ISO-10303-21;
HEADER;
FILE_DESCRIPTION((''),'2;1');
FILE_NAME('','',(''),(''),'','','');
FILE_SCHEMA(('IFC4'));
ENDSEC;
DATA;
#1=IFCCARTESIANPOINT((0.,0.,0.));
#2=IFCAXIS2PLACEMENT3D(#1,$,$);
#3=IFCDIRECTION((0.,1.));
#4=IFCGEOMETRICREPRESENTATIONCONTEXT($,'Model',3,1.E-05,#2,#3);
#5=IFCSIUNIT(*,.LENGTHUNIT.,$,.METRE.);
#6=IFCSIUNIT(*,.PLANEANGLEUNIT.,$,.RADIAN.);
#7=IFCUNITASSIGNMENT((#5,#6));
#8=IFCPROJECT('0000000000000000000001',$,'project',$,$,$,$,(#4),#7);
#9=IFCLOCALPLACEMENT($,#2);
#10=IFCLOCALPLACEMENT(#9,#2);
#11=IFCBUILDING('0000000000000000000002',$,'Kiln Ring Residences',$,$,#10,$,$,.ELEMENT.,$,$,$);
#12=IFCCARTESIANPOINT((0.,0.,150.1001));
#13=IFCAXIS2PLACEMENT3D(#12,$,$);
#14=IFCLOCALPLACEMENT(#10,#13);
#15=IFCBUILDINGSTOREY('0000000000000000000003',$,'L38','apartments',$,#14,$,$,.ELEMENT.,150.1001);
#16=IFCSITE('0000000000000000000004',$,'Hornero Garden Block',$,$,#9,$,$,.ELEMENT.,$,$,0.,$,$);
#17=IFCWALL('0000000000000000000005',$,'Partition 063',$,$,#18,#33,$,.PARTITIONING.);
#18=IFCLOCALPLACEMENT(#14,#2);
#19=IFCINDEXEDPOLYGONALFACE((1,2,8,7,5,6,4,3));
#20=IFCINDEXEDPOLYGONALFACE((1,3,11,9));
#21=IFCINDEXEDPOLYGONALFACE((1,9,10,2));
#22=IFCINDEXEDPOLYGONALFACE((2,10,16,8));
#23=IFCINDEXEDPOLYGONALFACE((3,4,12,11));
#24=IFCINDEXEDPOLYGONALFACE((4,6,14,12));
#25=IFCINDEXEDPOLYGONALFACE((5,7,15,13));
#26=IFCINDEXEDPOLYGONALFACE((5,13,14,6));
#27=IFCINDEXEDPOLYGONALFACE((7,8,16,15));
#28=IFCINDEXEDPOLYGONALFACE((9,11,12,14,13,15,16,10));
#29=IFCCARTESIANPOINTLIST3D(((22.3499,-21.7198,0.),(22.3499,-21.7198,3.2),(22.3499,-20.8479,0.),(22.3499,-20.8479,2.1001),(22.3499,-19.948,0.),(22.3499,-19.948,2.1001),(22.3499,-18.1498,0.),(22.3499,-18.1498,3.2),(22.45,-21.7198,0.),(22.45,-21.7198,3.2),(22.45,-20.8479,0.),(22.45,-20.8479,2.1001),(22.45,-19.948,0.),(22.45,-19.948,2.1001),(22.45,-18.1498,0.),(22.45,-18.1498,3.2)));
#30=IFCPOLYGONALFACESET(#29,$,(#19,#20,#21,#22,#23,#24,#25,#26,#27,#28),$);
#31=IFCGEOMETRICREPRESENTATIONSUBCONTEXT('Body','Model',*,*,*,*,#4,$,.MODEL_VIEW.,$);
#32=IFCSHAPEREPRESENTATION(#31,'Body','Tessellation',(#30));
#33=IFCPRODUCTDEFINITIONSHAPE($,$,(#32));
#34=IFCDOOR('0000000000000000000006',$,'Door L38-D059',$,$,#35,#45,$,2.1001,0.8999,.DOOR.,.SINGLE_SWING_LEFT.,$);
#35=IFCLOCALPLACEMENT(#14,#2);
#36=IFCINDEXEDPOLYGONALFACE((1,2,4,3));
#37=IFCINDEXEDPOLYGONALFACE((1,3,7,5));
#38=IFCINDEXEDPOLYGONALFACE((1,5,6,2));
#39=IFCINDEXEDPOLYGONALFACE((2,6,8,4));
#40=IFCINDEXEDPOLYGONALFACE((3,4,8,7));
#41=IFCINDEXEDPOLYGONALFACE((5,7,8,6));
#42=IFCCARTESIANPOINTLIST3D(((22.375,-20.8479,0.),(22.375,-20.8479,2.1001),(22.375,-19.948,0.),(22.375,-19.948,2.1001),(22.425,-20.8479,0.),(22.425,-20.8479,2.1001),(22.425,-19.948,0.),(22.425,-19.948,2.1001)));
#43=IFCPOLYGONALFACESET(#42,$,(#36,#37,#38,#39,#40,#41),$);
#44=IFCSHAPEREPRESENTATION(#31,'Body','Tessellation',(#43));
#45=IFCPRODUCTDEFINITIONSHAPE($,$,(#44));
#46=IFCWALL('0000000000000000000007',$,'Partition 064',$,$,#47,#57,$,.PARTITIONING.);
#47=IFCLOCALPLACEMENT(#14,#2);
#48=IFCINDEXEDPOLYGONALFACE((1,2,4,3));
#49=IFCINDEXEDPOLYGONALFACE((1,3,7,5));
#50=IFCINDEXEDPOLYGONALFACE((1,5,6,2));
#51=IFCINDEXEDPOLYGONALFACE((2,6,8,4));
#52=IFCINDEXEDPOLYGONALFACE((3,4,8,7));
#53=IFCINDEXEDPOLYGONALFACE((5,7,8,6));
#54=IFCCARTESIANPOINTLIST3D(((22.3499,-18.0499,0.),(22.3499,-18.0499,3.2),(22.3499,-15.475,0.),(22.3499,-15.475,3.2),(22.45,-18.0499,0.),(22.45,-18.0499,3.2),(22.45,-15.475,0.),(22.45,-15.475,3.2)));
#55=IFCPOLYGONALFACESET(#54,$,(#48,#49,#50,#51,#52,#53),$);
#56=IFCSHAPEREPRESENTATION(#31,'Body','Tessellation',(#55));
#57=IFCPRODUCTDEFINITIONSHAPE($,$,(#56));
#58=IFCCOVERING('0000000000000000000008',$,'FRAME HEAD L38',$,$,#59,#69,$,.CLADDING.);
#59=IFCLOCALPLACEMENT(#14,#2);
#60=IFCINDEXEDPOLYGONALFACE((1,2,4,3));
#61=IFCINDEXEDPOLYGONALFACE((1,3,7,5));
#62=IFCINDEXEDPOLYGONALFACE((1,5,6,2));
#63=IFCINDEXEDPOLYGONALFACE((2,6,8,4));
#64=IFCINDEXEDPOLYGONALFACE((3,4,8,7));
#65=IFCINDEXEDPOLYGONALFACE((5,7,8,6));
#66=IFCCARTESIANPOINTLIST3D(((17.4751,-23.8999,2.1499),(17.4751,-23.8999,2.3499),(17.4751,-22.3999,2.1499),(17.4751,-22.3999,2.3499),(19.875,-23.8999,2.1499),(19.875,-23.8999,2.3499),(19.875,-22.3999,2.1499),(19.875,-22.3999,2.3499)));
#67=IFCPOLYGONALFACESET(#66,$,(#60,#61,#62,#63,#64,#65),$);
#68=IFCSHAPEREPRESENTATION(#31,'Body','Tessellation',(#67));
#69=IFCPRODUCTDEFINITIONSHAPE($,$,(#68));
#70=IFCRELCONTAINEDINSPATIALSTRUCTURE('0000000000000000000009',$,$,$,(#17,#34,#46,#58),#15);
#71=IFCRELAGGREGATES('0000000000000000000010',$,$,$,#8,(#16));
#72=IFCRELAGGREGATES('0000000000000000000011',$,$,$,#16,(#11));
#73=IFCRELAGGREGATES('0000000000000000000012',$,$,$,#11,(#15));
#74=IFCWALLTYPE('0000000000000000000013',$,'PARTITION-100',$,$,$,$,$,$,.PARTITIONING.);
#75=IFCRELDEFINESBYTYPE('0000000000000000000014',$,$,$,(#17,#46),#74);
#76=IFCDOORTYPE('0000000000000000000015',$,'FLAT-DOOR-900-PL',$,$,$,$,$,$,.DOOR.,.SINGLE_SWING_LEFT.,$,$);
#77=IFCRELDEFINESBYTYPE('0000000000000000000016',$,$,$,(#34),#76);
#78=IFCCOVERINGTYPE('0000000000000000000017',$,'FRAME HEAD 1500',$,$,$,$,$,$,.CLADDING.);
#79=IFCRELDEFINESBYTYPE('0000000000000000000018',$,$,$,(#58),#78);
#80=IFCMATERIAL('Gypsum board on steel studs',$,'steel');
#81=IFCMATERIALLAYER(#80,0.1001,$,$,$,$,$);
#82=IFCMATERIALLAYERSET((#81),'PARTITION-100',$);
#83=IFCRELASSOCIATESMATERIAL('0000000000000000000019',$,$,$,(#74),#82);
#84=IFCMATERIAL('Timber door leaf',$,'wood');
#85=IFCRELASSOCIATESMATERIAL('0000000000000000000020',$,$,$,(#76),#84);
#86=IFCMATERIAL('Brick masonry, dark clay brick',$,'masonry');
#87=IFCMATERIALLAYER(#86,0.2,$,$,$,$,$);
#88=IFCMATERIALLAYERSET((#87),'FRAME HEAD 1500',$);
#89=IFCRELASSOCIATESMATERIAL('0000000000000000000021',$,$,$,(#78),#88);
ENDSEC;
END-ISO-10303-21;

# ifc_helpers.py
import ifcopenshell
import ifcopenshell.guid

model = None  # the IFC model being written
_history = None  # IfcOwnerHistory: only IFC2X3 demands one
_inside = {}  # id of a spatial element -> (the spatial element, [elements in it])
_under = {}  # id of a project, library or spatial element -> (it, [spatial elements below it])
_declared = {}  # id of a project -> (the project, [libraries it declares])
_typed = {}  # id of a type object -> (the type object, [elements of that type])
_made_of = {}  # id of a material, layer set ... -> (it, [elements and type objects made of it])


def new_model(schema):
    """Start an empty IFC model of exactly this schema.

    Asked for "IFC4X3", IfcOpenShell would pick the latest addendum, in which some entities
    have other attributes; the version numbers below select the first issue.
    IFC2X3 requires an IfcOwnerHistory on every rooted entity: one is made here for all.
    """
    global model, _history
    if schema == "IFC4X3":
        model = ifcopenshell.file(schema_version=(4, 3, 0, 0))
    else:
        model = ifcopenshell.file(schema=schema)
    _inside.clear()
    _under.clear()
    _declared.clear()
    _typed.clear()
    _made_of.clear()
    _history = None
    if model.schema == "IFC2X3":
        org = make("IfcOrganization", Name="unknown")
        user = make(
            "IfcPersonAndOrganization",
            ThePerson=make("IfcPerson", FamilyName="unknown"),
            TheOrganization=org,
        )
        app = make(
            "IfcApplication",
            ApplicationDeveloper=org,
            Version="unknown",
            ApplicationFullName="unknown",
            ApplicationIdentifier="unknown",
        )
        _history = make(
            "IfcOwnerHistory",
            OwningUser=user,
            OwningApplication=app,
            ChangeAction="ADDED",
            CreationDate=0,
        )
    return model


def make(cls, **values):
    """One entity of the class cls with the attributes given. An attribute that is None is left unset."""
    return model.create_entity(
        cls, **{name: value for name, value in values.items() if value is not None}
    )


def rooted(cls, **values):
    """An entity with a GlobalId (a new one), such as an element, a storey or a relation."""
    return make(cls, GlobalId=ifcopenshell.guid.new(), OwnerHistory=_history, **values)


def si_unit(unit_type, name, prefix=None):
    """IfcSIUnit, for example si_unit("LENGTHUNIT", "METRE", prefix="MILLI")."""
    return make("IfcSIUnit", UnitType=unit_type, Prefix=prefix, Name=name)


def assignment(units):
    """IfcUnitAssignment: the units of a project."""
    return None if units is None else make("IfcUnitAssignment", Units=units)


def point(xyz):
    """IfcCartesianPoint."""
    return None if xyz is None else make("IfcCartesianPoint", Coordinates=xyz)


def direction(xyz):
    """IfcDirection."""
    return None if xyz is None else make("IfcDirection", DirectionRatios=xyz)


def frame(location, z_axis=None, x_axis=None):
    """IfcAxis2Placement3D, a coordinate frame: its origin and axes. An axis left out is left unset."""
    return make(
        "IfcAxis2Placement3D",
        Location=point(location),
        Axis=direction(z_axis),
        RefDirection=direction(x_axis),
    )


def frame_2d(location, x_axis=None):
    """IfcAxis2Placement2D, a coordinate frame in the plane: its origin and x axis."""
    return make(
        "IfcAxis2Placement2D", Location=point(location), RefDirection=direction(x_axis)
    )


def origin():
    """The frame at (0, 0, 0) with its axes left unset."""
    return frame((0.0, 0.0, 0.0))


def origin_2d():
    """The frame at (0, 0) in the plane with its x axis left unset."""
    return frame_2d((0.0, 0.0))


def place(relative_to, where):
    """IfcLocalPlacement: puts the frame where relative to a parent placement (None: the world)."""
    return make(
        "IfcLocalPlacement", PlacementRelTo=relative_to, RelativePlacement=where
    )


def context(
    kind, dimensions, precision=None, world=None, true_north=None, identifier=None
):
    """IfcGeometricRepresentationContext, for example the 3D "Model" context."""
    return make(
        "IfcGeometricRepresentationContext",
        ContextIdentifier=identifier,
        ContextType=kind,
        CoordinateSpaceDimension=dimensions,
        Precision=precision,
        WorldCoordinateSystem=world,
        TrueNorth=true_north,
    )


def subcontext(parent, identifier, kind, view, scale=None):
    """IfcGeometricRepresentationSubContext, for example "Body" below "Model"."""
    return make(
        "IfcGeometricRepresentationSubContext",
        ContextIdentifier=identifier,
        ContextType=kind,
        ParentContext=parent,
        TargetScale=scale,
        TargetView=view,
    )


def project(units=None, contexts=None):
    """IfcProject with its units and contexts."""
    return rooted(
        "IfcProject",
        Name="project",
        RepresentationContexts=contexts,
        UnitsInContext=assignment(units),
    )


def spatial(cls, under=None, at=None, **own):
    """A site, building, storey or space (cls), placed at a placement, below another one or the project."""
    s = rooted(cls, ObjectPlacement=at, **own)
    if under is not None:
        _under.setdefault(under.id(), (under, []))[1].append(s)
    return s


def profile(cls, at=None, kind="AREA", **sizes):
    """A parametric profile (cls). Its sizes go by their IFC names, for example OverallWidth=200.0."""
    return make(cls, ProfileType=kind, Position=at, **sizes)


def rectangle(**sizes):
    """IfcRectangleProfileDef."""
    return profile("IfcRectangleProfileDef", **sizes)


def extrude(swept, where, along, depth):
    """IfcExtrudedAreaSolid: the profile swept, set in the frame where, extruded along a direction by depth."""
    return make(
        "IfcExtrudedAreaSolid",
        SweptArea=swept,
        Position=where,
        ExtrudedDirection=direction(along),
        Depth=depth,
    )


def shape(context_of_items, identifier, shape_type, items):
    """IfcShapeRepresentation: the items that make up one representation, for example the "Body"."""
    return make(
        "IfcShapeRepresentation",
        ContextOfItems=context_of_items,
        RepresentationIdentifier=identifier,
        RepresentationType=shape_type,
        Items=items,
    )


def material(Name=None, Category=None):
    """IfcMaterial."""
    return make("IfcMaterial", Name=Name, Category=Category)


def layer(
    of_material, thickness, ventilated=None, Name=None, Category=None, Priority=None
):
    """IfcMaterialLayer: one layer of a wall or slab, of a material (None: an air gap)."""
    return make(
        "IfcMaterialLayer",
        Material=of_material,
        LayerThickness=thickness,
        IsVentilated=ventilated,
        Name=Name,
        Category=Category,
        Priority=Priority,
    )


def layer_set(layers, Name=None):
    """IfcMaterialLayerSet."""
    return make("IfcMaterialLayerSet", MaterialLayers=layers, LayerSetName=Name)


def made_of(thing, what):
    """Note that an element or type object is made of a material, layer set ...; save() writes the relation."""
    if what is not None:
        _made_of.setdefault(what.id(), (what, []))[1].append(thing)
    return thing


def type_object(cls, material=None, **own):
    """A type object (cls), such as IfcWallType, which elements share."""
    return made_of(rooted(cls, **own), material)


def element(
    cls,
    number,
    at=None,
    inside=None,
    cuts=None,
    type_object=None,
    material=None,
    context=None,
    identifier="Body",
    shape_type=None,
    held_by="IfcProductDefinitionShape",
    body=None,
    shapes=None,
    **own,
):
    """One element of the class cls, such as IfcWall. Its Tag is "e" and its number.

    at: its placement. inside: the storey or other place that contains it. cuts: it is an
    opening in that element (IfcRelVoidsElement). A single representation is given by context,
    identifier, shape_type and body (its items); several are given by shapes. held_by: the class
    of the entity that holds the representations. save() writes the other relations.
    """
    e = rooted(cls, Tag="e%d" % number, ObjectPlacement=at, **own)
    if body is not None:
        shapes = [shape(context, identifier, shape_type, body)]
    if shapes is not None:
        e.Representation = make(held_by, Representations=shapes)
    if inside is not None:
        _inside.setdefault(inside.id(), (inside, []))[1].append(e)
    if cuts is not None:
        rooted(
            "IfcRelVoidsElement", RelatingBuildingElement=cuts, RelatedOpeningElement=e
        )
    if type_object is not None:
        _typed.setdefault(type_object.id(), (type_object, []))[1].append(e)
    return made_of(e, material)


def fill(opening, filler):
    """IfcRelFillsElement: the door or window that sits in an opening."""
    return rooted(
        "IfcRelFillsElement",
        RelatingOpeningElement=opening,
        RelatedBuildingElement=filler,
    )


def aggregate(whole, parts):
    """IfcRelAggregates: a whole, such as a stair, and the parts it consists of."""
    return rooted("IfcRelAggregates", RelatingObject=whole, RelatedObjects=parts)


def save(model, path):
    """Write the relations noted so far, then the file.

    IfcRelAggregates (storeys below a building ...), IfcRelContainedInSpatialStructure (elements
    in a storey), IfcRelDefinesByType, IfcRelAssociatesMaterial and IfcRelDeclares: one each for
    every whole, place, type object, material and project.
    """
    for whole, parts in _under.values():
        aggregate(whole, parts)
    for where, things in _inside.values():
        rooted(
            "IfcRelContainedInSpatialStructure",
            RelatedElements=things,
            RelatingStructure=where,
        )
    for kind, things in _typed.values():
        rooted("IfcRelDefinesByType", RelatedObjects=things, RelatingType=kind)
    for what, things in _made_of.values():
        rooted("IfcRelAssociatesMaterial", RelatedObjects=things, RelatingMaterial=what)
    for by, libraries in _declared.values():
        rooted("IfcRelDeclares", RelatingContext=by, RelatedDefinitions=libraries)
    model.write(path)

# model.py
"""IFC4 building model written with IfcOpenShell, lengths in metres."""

from ifc_helpers import new_model, si_unit, direction, frame, frame_2d, origin, origin_2d, place, context, subcontext, project, spatial, rectangle, extrude, material, layer, layer_set, type_object, element, fill, save


model = new_model("IFC4")

# Units and contexts
model_context = context("Model", 3, precision=1e-05, world=origin(), true_north=direction((0.0, 1.0)))
body_context = subcontext(model_context, "Body", "Model", "MODEL_VIEW")
ifc_project = project(units=[si_unit("LENGTHUNIT", "METRE"), si_unit("PLANEANGLEUNIT", "RADIAN")], contexts=[model_context])

# Site, building, storey
site_placement = place(None, origin())
site = spatial("IfcSite", under=ifc_project, at=site_placement, Name="Hornero Garden Block", CompositionType="ELEMENT", RefElevation=0.0)
building_placement = place(site_placement, origin())
building = spatial("IfcBuilding", under=site, at=building_placement, Name="Kiln Ring Residences", CompositionType="ELEMENT")
storey_placement = place(building_placement, frame((0.0, 0.0, 150.1001)))
storey = spatial("IfcBuildingStorey", under=building, at=storey_placement, Name="L38", Description="apartments", CompositionType="ELEMENT", Elevation=150.1001)

# Wall, opening, door
ifc_material_1 = material(Name="Gypsum board on steel studs", Category="steel")
ifc_layer_1 = layer(ifc_material_1, 0.1001)
ifc_layer_set_1 = layer_set([ifc_layer_1], Name="PARTITION-100")
wall_type_1 = type_object("IfcWallType", Name="PARTITION-100", PredefinedType="PARTITIONING", material=ifc_layer_set_1)
wall_1_placement = place(storey_placement, frame((22.3999, -21.72, 0.0), z_axis=(0.0, 0.0, 1.0), x_axis=(0.0, 1.0, 0.0)))
wall_1 = element("IfcWall", 1, at=wall_1_placement, inside=storey, type_object=wall_type_1, Name="Partition 063", PredefinedType="PARTITIONING", context=body_context, shape_type="SweptSolid", body=[
    extrude(rectangle(XDim=3.5701, YDim=0.1001, at=frame_2d((1.7852, 0.0))), origin(), (0.0, 0.0, 1.0), 3.2),
])
opening_1_placement = place(wall_1_placement, frame((0.8721, 0.0, 0.0)))
opening_1 = element("IfcOpeningElement", 2, at=opening_1_placement, cuts=wall_1, PredefinedType="OPENING", context=body_context, shape_type="SweptSolid", body=[
    extrude(rectangle(XDim=0.8999, YDim=2.1001, at=frame_2d((0.45, 1.05))), frame((0.0, 0.0601, 0.0), z_axis=(0.0, -1.0, 0.0), x_axis=(1.0, 0.0, 0.0)), (0.0, 0.0, 1.0), 0.1201),
])
ifc_material_2 = material(Name="Timber door leaf", Category="wood")
door_type = type_object("IfcDoorType", Name="FLAT-DOOR-900-PL", OperationType="SINGLE_SWING_LEFT", PredefinedType="DOOR", material=ifc_material_2)
door_placement = place(opening_1_placement, origin())
door = element("IfcDoor", 3, at=door_placement, inside=storey, type_object=door_type, Name="Door L38-D059", OperationType="SINGLE_SWING_LEFT", OverallHeight=2.1001, OverallWidth=0.8999, PredefinedType="DOOR", context=body_context, shape_type="SweptSolid", body=[
    extrude(rectangle(XDim=0.8999, YDim=2.1001, at=frame_2d((0.45, 1.05))), frame((0.0, 0.0249, 0.0), z_axis=(0.0, -1.0, 0.0), x_axis=(1.0, 0.0, 0.0)), (0.0, 0.0, 1.0), 0.05),
])
fill(opening_1, door)

# Wall
wall_2_placement = place(storey_placement, frame((22.3999, -18.05, 0.0), z_axis=(0.0, 0.0, 1.0), x_axis=(0.0, 1.0, 0.0)))
element("IfcWall", 4, at=wall_2_placement, inside=storey, type_object=wall_type_1, Name="Partition 064", PredefinedType="PARTITIONING", context=body_context, shape_type="SweptSolid", body=[
    extrude(rectangle(XDim=2.575, YDim=0.1001, at=frame_2d((1.2876, 0.0))), origin(), (0.0, 0.0, 1.0), 3.2),
])

# Covering
ifc_material_3 = material(Name="Brick masonry, dark clay brick", Category="masonry")
ifc_layer_2 = layer(ifc_material_3, 0.2)
ifc_layer_set_2 = layer_set([ifc_layer_2], Name="FRAME HEAD 1500")
covering_type = type_object("IfcCoveringType", Name="FRAME HEAD 1500", PredefinedType="CLADDING", material=ifc_layer_set_2)
covering_placement = place(storey_placement, frame((18.675, -23.1499, 2.1499), z_axis=(0.0, 0.0, 1.0), x_axis=(1.0, 0.0, 0.0)))
element("IfcCovering", 5, at=covering_placement, inside=storey, type_object=covering_type, Name="FRAME HEAD L38", PredefinedType="CLADDING", context=body_context, shape_type="SweptSolid", body=[
    extrude(rectangle(XDim=2.3999, YDim=1.5, at=origin_2d()), origin(), (0.0, 0.0, 1.0), 0.2),
])

save(model, "model.ifc")
